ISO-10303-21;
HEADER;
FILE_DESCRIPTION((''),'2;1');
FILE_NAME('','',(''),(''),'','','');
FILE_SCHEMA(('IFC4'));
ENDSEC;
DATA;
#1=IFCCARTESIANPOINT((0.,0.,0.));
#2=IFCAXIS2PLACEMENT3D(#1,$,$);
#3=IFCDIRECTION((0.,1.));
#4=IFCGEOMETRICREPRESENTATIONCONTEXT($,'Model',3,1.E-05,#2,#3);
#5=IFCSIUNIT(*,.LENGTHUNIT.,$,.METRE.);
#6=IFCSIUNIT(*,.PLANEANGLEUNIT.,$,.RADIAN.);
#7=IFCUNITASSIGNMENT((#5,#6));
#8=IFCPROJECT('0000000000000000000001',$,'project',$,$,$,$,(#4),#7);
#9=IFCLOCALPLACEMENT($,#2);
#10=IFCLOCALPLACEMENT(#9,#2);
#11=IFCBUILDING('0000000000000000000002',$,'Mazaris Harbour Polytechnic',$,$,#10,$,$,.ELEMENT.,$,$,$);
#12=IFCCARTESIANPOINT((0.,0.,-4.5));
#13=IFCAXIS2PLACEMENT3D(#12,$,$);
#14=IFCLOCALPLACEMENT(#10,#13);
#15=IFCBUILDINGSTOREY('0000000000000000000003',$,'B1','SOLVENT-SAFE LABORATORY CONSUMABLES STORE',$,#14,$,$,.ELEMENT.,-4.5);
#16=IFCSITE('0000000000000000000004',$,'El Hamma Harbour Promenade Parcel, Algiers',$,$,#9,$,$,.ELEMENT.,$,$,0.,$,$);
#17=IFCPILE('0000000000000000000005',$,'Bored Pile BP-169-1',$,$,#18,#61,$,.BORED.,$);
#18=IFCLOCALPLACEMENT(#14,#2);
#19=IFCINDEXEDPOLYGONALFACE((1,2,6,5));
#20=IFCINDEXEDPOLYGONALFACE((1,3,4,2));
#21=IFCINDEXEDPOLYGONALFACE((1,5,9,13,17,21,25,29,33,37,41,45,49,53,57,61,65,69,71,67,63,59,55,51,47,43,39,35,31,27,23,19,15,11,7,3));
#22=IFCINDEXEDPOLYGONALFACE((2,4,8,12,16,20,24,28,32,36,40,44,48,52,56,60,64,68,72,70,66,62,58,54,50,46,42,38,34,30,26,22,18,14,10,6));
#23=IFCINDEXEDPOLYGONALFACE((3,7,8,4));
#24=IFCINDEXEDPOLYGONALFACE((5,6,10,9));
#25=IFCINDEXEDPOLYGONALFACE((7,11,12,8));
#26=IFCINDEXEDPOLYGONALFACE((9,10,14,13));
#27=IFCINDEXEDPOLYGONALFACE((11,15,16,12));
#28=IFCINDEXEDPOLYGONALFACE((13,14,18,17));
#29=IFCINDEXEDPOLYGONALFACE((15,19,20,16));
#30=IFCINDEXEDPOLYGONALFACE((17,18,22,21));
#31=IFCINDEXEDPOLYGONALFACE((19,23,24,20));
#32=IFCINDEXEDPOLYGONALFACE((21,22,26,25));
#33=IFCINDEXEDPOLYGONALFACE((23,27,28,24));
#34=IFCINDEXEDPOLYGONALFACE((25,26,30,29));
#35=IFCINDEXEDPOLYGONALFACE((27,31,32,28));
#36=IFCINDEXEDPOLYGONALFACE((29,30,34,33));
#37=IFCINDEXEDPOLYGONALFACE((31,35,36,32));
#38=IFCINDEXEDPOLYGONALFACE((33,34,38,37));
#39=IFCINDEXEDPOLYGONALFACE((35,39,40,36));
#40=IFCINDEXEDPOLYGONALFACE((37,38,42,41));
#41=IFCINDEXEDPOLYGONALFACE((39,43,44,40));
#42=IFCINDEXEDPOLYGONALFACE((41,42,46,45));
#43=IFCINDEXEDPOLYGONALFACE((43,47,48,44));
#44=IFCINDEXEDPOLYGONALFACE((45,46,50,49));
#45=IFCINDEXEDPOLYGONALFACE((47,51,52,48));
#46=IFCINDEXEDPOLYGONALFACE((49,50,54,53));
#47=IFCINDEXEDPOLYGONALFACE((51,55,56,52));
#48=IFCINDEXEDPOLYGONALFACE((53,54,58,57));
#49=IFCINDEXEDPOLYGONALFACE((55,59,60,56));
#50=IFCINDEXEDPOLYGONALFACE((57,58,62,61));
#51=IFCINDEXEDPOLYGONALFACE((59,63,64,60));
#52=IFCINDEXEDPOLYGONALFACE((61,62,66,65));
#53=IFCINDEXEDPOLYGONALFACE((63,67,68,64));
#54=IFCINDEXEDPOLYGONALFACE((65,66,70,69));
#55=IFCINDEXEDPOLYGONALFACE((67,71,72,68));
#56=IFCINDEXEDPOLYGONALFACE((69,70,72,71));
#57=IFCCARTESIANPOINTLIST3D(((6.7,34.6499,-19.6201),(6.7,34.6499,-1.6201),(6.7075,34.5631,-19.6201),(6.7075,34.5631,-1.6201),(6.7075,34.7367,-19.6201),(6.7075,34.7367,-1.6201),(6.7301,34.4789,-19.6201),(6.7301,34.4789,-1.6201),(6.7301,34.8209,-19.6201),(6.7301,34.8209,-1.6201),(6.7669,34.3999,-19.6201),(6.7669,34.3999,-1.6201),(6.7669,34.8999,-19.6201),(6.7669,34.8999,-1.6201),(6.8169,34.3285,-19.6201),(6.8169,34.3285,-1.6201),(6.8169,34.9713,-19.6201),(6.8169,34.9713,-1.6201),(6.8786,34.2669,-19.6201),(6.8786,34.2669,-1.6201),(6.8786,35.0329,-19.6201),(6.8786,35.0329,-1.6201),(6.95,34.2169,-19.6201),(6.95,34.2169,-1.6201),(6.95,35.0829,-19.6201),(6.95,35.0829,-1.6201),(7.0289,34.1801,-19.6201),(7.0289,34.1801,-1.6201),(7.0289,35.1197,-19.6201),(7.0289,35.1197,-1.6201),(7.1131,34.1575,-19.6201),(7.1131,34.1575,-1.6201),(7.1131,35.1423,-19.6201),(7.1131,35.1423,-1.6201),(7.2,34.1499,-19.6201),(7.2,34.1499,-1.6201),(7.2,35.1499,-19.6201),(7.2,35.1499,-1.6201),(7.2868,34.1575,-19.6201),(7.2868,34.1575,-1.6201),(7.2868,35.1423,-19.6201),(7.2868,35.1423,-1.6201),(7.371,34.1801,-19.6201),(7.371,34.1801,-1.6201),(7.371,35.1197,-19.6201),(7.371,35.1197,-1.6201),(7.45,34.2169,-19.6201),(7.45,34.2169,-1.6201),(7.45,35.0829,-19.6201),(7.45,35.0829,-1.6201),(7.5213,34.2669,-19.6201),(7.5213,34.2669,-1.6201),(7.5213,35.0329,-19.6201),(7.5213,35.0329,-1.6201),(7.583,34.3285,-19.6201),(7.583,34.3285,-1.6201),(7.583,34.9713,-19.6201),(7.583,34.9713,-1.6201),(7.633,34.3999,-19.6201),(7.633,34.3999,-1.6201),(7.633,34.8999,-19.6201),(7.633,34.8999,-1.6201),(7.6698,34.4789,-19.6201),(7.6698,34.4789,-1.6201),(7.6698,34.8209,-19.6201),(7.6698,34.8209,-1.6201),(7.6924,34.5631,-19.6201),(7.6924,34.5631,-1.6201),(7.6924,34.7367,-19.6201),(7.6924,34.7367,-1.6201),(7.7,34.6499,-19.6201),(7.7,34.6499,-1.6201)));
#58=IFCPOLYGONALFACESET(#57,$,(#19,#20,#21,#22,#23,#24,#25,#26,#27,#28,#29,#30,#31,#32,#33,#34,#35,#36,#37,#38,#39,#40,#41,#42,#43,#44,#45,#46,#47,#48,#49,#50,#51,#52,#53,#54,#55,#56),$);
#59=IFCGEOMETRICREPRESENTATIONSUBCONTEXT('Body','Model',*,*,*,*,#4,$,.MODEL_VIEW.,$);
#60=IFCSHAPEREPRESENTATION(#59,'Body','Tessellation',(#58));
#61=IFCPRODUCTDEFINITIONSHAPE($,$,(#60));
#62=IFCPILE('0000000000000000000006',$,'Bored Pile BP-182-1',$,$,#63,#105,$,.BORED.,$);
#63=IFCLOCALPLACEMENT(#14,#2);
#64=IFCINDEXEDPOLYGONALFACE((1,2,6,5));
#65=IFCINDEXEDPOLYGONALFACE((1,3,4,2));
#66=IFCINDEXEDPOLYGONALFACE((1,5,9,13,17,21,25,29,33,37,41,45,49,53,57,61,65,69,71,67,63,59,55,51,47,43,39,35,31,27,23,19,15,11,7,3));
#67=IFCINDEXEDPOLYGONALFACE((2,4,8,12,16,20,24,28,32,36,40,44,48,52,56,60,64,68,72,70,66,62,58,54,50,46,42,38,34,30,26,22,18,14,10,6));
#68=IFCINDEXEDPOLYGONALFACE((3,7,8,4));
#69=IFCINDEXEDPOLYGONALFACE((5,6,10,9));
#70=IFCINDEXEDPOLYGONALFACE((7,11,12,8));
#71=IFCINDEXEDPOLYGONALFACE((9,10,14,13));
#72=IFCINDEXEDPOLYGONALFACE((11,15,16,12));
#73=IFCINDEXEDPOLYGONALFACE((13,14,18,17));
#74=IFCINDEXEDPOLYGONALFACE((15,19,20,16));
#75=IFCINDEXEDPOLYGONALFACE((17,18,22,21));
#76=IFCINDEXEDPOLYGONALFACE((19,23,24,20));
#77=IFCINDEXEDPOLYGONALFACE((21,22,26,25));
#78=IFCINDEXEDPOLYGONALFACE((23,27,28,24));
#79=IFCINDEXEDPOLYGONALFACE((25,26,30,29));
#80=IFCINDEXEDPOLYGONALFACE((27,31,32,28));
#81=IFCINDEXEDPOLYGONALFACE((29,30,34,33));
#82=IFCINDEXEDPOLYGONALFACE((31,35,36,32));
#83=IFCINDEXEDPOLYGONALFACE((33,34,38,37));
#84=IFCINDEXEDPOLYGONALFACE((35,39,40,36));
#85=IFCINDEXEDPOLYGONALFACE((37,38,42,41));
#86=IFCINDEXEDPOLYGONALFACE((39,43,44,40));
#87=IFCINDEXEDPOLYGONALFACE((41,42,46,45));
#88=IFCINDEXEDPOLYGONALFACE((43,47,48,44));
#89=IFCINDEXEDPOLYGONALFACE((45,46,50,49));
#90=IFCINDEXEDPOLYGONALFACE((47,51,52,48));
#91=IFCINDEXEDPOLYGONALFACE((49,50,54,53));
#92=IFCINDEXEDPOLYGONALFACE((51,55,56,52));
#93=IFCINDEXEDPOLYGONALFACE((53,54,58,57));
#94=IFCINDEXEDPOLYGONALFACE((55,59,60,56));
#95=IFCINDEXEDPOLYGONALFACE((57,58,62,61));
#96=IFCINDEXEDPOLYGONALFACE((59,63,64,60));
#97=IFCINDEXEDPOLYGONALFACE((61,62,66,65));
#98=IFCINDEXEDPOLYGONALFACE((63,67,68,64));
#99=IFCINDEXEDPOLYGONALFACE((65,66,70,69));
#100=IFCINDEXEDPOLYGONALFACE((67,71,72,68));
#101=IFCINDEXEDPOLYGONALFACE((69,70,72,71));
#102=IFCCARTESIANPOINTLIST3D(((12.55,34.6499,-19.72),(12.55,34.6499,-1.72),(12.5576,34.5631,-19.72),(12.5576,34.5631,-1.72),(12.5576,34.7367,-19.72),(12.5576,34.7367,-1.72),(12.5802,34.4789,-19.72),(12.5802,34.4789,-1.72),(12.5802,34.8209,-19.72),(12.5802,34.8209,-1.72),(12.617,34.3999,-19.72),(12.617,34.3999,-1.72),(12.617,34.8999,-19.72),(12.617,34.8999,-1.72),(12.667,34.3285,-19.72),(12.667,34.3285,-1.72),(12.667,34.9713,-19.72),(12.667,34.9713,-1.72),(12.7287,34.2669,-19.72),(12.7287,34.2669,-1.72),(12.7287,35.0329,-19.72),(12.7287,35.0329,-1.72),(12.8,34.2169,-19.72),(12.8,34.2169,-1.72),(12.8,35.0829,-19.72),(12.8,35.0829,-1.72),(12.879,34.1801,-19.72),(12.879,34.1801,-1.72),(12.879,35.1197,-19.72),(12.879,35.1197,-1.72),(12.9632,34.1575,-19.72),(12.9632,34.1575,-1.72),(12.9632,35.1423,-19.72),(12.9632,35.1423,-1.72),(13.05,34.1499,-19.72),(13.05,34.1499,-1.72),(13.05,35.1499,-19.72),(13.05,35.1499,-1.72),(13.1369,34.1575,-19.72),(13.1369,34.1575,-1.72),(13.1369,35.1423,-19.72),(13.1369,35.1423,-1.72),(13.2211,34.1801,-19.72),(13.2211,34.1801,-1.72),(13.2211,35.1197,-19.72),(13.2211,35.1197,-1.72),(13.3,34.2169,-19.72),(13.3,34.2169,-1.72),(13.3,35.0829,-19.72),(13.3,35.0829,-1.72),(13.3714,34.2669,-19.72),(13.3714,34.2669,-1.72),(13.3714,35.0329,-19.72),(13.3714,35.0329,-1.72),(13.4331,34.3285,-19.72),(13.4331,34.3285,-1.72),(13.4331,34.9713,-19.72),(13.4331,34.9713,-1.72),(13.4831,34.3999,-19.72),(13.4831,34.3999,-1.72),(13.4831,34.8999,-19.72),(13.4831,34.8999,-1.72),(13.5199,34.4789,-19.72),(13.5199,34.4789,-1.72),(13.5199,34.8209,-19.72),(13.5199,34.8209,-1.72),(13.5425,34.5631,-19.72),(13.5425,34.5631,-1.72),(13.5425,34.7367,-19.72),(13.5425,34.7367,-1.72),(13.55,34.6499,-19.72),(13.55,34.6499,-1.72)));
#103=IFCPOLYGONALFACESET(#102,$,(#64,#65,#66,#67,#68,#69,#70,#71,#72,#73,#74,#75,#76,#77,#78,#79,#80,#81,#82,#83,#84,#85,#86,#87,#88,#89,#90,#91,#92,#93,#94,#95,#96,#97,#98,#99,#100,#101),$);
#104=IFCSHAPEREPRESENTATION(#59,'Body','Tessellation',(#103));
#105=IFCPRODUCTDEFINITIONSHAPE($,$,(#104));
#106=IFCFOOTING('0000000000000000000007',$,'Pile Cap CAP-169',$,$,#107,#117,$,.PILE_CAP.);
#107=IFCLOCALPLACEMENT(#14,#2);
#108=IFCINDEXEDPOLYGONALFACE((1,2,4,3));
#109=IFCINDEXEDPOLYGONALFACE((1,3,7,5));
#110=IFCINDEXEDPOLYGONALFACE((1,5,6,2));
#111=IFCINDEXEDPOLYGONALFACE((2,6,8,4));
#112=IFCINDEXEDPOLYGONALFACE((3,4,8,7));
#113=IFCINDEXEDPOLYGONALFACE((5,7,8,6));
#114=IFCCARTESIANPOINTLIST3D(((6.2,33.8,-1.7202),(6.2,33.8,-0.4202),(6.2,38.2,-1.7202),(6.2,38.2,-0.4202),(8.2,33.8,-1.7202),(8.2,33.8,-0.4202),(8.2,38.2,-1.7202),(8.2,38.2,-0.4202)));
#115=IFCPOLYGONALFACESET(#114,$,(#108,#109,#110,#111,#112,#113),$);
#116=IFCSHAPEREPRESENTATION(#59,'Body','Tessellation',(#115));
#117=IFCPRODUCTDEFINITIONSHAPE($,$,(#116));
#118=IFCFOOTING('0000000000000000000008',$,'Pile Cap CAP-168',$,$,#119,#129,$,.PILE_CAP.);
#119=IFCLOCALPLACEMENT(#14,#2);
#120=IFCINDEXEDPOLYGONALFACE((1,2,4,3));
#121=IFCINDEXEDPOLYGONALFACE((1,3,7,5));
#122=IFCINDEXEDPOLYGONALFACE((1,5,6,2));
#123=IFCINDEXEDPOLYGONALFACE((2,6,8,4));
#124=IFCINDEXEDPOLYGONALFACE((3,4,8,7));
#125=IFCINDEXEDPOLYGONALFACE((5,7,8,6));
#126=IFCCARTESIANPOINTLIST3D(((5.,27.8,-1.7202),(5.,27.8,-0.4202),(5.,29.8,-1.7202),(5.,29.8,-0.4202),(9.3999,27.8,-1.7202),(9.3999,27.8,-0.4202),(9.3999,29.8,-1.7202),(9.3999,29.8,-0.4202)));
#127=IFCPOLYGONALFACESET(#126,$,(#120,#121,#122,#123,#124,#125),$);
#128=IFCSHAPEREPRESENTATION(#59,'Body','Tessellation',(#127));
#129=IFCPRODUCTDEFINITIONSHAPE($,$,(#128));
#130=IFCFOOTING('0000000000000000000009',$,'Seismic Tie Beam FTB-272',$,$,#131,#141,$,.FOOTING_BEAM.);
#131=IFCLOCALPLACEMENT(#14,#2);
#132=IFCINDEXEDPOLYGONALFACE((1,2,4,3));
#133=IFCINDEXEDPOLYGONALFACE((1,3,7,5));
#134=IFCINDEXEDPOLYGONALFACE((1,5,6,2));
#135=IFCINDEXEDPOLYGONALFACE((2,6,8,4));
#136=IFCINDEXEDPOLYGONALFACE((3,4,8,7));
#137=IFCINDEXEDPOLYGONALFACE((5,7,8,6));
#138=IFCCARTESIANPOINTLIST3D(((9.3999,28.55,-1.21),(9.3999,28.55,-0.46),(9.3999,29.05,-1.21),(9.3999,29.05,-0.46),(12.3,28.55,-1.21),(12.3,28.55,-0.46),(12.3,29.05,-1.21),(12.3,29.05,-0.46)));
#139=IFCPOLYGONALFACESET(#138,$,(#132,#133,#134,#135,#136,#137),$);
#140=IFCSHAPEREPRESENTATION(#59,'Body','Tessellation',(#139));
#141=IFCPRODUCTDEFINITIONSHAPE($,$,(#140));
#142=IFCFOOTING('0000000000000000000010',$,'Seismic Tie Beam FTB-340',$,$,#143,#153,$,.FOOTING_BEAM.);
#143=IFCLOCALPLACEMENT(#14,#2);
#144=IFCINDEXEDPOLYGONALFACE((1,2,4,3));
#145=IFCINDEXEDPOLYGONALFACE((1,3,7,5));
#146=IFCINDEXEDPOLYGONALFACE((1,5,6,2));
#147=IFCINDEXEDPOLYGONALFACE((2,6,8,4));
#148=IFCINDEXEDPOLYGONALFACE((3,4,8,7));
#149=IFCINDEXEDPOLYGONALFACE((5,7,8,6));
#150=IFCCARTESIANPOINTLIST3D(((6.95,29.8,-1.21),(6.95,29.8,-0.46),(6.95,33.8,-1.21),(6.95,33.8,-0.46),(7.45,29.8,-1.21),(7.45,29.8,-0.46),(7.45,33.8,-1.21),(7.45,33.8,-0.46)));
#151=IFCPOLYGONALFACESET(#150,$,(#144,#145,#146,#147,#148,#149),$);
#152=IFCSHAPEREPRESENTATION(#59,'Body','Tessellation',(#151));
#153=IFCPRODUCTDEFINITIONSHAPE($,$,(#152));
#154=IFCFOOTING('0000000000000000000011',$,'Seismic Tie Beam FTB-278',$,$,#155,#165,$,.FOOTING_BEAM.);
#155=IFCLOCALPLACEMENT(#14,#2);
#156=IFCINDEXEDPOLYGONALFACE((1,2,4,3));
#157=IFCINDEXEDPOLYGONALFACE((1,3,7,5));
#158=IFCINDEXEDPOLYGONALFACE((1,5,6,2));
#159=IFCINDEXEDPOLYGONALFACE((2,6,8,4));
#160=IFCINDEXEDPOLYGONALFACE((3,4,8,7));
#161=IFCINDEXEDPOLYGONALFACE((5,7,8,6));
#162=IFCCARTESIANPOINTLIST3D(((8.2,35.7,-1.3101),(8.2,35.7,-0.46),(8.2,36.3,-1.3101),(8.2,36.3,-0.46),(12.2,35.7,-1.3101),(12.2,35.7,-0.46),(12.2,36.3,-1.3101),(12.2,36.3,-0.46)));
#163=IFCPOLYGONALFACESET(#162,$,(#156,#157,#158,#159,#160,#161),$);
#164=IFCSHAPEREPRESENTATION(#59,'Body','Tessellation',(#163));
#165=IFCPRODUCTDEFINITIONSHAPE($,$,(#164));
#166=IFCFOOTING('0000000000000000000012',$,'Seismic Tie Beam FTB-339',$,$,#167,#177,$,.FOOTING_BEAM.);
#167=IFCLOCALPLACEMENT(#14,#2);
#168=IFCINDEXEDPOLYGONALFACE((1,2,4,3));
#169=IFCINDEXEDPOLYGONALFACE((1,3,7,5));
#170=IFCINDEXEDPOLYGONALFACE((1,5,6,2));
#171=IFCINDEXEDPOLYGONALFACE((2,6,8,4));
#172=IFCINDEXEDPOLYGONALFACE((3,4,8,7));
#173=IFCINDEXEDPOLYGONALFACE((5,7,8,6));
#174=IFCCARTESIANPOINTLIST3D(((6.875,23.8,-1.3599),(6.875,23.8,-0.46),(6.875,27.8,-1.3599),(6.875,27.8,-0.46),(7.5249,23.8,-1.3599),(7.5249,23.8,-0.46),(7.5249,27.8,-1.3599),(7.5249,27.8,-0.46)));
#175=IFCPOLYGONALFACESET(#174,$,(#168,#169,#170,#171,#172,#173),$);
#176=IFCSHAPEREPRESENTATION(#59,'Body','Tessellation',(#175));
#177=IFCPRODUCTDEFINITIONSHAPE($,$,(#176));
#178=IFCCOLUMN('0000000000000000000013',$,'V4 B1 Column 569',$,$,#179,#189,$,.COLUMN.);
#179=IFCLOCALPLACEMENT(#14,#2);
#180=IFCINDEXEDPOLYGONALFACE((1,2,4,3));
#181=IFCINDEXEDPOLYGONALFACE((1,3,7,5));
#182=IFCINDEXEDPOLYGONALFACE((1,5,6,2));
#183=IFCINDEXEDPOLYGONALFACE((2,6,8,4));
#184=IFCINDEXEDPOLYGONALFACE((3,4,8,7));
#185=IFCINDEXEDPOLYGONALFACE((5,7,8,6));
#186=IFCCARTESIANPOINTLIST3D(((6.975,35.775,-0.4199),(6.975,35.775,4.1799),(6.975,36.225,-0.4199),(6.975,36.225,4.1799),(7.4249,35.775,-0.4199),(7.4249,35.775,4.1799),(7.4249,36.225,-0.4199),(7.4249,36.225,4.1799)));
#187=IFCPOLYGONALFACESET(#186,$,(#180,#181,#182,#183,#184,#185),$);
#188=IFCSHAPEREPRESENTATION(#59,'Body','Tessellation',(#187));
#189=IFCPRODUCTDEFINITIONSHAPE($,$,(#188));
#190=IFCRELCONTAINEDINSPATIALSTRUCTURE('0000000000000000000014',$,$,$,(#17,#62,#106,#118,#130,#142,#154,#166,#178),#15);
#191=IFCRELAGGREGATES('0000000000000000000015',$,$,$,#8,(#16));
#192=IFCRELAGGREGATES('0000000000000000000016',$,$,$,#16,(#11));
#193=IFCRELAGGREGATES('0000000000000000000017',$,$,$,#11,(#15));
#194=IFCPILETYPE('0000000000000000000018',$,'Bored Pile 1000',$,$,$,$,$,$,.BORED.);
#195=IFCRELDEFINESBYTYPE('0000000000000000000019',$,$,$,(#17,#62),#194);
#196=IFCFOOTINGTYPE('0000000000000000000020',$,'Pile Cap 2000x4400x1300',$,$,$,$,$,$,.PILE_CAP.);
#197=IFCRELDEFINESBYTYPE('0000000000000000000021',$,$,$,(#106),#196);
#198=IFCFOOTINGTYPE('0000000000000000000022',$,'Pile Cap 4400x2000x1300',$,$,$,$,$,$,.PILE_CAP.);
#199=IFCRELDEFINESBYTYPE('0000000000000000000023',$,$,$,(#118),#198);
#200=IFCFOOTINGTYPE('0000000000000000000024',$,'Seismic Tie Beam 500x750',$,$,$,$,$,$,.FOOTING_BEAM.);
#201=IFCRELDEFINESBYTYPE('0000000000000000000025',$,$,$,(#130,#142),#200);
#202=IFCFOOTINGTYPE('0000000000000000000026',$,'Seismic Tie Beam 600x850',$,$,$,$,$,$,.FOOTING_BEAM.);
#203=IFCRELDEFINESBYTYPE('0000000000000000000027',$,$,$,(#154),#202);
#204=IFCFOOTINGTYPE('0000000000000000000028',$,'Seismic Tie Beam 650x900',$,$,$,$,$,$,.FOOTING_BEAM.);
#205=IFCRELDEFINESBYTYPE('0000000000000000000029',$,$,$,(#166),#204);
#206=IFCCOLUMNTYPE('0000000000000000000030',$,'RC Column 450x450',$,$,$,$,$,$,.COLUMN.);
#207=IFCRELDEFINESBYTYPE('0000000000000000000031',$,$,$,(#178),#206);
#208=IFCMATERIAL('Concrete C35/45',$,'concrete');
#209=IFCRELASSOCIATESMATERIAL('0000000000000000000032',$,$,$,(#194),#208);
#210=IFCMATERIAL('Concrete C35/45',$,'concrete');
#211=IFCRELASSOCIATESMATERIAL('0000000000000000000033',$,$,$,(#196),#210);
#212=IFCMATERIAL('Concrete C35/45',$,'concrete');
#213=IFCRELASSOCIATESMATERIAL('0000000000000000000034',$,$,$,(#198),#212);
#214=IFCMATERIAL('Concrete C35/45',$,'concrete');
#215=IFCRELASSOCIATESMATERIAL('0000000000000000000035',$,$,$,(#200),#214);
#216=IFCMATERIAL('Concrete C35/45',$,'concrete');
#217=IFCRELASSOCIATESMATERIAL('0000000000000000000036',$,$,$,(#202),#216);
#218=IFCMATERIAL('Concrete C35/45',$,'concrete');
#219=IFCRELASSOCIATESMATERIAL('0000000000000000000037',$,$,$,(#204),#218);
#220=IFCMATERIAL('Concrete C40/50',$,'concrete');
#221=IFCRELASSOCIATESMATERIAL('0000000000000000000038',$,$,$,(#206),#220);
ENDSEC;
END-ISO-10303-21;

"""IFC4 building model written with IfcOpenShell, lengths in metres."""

from ifc_helpers import new_model, si_unit, direction, frame, origin, origin_2d, place, context, subcontext, project, spatial, rectangle, circle, extrude, material, material_profile, profile_set, type_object, element, save


model = new_model("IFC4")

# Units and contexts
model_context = context("Model", 3, precision=1e-05, world=origin(), true_north=direction((0.0, 1.0)))
body_context = subcontext(model_context, "Body", "Model", "MODEL_VIEW")
ifc_project = project(units=[si_unit("LENGTHUNIT", "METRE"), si_unit("PLANEANGLEUNIT", "RADIAN")], contexts=[model_context])

# Site, building, storey
site_placement = place(None, origin())
site = spatial("IfcSite", under=ifc_project, at=site_placement, Name="El Hamma Harbour Promenade Parcel, Algiers", CompositionType="ELEMENT", RefElevation=0.0)
building_placement = place(site_placement, origin())
building = spatial("IfcBuilding", under=site, at=building_placement, Name="Mazaris Harbour Polytechnic", CompositionType="ELEMENT")
storey_placement = place(building_placement, frame((0.0, 0.0, -4.5)))
storey = spatial("IfcBuildingStorey", under=building, at=storey_placement, Name="B1", Description="SOLVENT-SAFE LABORATORY CONSUMABLES STORE", CompositionType="ELEMENT", Elevation=-4.5)

# Piles
ifc_material_1 = material(Name="Concrete C35/45", Category="concrete")
ifc_material_profile_1 = material_profile(ifc_material_1, circle(Radius=0.5, at=origin_2d()), Name="DIA1000")
ifc_profile_set_1 = profile_set([ifc_material_profile_1], Name="Concrete C35/45")
pile_type = type_object("IfcPileType", Name="Bored Pile 1000", PredefinedType="BORED", material=ifc_profile_set_1)
for number, where, z_axis, x_axis, name in (
    (1, (7.2, 34.6499, -1.6201), (0.0, 0.0, -1.0), (1.0, 0.0, 0.0), "Bored Pile BP-169-1"),
    (2, (13.05, 34.6499, -1.72), (0.0, 0.0, -1.0), (1.0, 0.0, 0.0), "Bored Pile BP-182-1"),
):
    element("IfcPile", number, at=place(storey_placement, frame(where, z_axis=z_axis, x_axis=x_axis)), inside=storey, type_object=pile_type, Name=name, PredefinedType="BORED", context=body_context, shape_type="SweptSolid", body=[
        extrude(circle(Radius=0.5, at=origin_2d()), origin(), (0.0, 0.0, 1.0), 18.0),
    ])

# Footings
ifc_material_2 = material(Name="Concrete C35/45", Category="concrete")
footing_type_1 = type_object("IfcFootingType", Name="Pile Cap 2000x4400x1300", PredefinedType="PILE_CAP", material=ifc_material_2)
footing_1_placement = place(storey_placement, frame((7.2, 36.0, -1.7202), z_axis=(0.0, 0.0, 1.0), x_axis=(1.0, 0.0, 0.0)))
element("IfcFooting", 3, at=footing_1_placement, inside=storey, type_object=footing_type_1, Name="Pile Cap CAP-169", PredefinedType="PILE_CAP", context=body_context, shape_type="SweptSolid", body=[
    extrude(rectangle(XDim=2.0, YDim=4.3999, at=origin_2d()), origin(), (0.0, 0.0, 1.0), 1.3),
])
ifc_material_3 = material(Name="Concrete C35/45", Category="concrete")
footing_type_2 = type_object("IfcFootingType", Name="Pile Cap 4400x2000x1300", PredefinedType="PILE_CAP", material=ifc_material_3)
footing_2_placement = place(storey_placement, frame((7.2, 28.8, -1.7202), z_axis=(0.0, 0.0, 1.0), x_axis=(1.0, 0.0, 0.0)))
element("IfcFooting", 4, at=footing_2_placement, inside=storey, type_object=footing_type_2, Name="Pile Cap CAP-168", PredefinedType="PILE_CAP", context=body_context, shape_type="SweptSolid", body=[
    extrude(rectangle(XDim=4.3999, YDim=2.0, at=origin_2d()), origin(), (0.0, 0.0, 1.0), 1.3),
])
ifc_material_4 = material(Name="Concrete C35/45", Category="concrete")
ifc_material_profile_2 = material_profile(ifc_material_4, rectangle(XDim=0.5, YDim=0.75, at=origin_2d()), Name="RECT500x750")
ifc_profile_set_2 = profile_set([ifc_material_profile_2], Name="Concrete C35/45")
footing_type_3 = type_object("IfcFootingType", Name="Seismic Tie Beam 500x750", PredefinedType="FOOTING_BEAM", material=ifc_profile_set_2)
footing_3_placement = place(storey_placement, frame((9.3999, 28.8, -0.835), z_axis=(1.0, 0.0, 0.0), x_axis=(0.0, 1.0, 0.0)))
element("IfcFooting", 5, at=footing_3_placement, inside=storey, type_object=footing_type_3, Name="Seismic Tie Beam FTB-272", PredefinedType="FOOTING_BEAM", context=body_context, shape_type="SweptSolid", body=[
    extrude(rectangle(XDim=0.5, YDim=0.75, at=origin_2d()), origin(), (0.0, 0.0, 1.0), 2.9001),
])
footing_4_placement = place(storey_placement, frame((7.2, 29.8, -0.835), z_axis=(0.0, 1.0, 0.0), x_axis=(-1.0, 0.0, 0.0)))
element("IfcFooting", 6, at=footing_4_placement, inside=storey, type_object=footing_type_3, Name="Seismic Tie Beam FTB-340", PredefinedType="FOOTING_BEAM", context=body_context, shape_type="SweptSolid", body=[
    extrude(rectangle(XDim=0.5, YDim=0.75, at=origin_2d()), origin(), (0.0, 0.0, 1.0), 4.0),
])
ifc_material_5 = material(Name="Concrete C35/45", Category="concrete")
ifc_material_profile_3 = material_profile(ifc_material_5, rectangle(XDim=0.6001, YDim=0.8501, at=origin_2d()), Name="RECT600x850")
ifc_profile_set_3 = profile_set([ifc_material_profile_3], Name="Concrete C35/45")
footing_type_4 = type_object("IfcFootingType", Name="Seismic Tie Beam 600x850", PredefinedType="FOOTING_BEAM", material=ifc_profile_set_3)
footing_5_placement = place(storey_placement, frame((8.2, 36.0, -0.885), z_axis=(1.0, 0.0, 0.0), x_axis=(0.0, 1.0, 0.0)))
element("IfcFooting", 7, at=footing_5_placement, inside=storey, type_object=footing_type_4, Name="Seismic Tie Beam FTB-278", PredefinedType="FOOTING_BEAM", context=body_context, shape_type="SweptSolid", body=[
    extrude(rectangle(XDim=0.6001, YDim=0.8501, at=origin_2d()), origin(), (0.0, 0.0, 1.0), 4.0),
])
ifc_material_6 = material(Name="Concrete C35/45", Category="concrete")
ifc_material_profile_4 = material_profile(ifc_material_6, rectangle(XDim=0.6499, YDim=0.8999, at=origin_2d()), Name="RECT650x900")
ifc_profile_set_4 = profile_set([ifc_material_profile_4], Name="Concrete C35/45")
footing_type_5 = type_object("IfcFootingType", Name="Seismic Tie Beam 650x900", PredefinedType="FOOTING_BEAM", material=ifc_profile_set_4)
footing_6_placement = place(storey_placement, frame((7.2, 23.8, -0.9099), z_axis=(0.0, 1.0, 0.0), x_axis=(-1.0, 0.0, 0.0)))
element("IfcFooting", 8, at=footing_6_placement, inside=storey, type_object=footing_type_5, Name="Seismic Tie Beam FTB-339", PredefinedType="FOOTING_BEAM", context=body_context, shape_type="SweptSolid", body=[
    extrude(rectangle(XDim=0.6499, YDim=0.8999, at=origin_2d()), origin(), (0.0, 0.0, 1.0), 4.0),
])

# Column
ifc_material_7 = material(Name="Concrete C40/50", Category="concrete")
ifc_material_profile_5 = material_profile(ifc_material_7, rectangle(XDim=0.45, YDim=0.45, at=origin_2d()), Name="RECT450x450")
ifc_profile_set_5 = profile_set([ifc_material_profile_5], Name="Concrete C40/50")
column_type_1 = type_object("IfcColumnType", Name="RC Column 450x450", PredefinedType="COLUMN", material=ifc_profile_set_5)
column_1_placement = place(storey_placement, frame((7.2, 36.0, -0.4199), z_axis=(0.0, 0.0, 1.0), x_axis=(1.0, 0.0, 0.0)))
element("IfcColumn", 9, at=column_1_placement, inside=storey, type_object=column_type_1, Name="V4 B1 Column 569", PredefinedType="COLUMN", context=body_context, shape_type="SweptSolid", body=[
    extrude(rectangle(XDim=0.45, YDim=0.45, at=origin_2d()), origin(), (0.0, 0.0, 1.0), 4.5999),
])

save(model, "model.ifc")
